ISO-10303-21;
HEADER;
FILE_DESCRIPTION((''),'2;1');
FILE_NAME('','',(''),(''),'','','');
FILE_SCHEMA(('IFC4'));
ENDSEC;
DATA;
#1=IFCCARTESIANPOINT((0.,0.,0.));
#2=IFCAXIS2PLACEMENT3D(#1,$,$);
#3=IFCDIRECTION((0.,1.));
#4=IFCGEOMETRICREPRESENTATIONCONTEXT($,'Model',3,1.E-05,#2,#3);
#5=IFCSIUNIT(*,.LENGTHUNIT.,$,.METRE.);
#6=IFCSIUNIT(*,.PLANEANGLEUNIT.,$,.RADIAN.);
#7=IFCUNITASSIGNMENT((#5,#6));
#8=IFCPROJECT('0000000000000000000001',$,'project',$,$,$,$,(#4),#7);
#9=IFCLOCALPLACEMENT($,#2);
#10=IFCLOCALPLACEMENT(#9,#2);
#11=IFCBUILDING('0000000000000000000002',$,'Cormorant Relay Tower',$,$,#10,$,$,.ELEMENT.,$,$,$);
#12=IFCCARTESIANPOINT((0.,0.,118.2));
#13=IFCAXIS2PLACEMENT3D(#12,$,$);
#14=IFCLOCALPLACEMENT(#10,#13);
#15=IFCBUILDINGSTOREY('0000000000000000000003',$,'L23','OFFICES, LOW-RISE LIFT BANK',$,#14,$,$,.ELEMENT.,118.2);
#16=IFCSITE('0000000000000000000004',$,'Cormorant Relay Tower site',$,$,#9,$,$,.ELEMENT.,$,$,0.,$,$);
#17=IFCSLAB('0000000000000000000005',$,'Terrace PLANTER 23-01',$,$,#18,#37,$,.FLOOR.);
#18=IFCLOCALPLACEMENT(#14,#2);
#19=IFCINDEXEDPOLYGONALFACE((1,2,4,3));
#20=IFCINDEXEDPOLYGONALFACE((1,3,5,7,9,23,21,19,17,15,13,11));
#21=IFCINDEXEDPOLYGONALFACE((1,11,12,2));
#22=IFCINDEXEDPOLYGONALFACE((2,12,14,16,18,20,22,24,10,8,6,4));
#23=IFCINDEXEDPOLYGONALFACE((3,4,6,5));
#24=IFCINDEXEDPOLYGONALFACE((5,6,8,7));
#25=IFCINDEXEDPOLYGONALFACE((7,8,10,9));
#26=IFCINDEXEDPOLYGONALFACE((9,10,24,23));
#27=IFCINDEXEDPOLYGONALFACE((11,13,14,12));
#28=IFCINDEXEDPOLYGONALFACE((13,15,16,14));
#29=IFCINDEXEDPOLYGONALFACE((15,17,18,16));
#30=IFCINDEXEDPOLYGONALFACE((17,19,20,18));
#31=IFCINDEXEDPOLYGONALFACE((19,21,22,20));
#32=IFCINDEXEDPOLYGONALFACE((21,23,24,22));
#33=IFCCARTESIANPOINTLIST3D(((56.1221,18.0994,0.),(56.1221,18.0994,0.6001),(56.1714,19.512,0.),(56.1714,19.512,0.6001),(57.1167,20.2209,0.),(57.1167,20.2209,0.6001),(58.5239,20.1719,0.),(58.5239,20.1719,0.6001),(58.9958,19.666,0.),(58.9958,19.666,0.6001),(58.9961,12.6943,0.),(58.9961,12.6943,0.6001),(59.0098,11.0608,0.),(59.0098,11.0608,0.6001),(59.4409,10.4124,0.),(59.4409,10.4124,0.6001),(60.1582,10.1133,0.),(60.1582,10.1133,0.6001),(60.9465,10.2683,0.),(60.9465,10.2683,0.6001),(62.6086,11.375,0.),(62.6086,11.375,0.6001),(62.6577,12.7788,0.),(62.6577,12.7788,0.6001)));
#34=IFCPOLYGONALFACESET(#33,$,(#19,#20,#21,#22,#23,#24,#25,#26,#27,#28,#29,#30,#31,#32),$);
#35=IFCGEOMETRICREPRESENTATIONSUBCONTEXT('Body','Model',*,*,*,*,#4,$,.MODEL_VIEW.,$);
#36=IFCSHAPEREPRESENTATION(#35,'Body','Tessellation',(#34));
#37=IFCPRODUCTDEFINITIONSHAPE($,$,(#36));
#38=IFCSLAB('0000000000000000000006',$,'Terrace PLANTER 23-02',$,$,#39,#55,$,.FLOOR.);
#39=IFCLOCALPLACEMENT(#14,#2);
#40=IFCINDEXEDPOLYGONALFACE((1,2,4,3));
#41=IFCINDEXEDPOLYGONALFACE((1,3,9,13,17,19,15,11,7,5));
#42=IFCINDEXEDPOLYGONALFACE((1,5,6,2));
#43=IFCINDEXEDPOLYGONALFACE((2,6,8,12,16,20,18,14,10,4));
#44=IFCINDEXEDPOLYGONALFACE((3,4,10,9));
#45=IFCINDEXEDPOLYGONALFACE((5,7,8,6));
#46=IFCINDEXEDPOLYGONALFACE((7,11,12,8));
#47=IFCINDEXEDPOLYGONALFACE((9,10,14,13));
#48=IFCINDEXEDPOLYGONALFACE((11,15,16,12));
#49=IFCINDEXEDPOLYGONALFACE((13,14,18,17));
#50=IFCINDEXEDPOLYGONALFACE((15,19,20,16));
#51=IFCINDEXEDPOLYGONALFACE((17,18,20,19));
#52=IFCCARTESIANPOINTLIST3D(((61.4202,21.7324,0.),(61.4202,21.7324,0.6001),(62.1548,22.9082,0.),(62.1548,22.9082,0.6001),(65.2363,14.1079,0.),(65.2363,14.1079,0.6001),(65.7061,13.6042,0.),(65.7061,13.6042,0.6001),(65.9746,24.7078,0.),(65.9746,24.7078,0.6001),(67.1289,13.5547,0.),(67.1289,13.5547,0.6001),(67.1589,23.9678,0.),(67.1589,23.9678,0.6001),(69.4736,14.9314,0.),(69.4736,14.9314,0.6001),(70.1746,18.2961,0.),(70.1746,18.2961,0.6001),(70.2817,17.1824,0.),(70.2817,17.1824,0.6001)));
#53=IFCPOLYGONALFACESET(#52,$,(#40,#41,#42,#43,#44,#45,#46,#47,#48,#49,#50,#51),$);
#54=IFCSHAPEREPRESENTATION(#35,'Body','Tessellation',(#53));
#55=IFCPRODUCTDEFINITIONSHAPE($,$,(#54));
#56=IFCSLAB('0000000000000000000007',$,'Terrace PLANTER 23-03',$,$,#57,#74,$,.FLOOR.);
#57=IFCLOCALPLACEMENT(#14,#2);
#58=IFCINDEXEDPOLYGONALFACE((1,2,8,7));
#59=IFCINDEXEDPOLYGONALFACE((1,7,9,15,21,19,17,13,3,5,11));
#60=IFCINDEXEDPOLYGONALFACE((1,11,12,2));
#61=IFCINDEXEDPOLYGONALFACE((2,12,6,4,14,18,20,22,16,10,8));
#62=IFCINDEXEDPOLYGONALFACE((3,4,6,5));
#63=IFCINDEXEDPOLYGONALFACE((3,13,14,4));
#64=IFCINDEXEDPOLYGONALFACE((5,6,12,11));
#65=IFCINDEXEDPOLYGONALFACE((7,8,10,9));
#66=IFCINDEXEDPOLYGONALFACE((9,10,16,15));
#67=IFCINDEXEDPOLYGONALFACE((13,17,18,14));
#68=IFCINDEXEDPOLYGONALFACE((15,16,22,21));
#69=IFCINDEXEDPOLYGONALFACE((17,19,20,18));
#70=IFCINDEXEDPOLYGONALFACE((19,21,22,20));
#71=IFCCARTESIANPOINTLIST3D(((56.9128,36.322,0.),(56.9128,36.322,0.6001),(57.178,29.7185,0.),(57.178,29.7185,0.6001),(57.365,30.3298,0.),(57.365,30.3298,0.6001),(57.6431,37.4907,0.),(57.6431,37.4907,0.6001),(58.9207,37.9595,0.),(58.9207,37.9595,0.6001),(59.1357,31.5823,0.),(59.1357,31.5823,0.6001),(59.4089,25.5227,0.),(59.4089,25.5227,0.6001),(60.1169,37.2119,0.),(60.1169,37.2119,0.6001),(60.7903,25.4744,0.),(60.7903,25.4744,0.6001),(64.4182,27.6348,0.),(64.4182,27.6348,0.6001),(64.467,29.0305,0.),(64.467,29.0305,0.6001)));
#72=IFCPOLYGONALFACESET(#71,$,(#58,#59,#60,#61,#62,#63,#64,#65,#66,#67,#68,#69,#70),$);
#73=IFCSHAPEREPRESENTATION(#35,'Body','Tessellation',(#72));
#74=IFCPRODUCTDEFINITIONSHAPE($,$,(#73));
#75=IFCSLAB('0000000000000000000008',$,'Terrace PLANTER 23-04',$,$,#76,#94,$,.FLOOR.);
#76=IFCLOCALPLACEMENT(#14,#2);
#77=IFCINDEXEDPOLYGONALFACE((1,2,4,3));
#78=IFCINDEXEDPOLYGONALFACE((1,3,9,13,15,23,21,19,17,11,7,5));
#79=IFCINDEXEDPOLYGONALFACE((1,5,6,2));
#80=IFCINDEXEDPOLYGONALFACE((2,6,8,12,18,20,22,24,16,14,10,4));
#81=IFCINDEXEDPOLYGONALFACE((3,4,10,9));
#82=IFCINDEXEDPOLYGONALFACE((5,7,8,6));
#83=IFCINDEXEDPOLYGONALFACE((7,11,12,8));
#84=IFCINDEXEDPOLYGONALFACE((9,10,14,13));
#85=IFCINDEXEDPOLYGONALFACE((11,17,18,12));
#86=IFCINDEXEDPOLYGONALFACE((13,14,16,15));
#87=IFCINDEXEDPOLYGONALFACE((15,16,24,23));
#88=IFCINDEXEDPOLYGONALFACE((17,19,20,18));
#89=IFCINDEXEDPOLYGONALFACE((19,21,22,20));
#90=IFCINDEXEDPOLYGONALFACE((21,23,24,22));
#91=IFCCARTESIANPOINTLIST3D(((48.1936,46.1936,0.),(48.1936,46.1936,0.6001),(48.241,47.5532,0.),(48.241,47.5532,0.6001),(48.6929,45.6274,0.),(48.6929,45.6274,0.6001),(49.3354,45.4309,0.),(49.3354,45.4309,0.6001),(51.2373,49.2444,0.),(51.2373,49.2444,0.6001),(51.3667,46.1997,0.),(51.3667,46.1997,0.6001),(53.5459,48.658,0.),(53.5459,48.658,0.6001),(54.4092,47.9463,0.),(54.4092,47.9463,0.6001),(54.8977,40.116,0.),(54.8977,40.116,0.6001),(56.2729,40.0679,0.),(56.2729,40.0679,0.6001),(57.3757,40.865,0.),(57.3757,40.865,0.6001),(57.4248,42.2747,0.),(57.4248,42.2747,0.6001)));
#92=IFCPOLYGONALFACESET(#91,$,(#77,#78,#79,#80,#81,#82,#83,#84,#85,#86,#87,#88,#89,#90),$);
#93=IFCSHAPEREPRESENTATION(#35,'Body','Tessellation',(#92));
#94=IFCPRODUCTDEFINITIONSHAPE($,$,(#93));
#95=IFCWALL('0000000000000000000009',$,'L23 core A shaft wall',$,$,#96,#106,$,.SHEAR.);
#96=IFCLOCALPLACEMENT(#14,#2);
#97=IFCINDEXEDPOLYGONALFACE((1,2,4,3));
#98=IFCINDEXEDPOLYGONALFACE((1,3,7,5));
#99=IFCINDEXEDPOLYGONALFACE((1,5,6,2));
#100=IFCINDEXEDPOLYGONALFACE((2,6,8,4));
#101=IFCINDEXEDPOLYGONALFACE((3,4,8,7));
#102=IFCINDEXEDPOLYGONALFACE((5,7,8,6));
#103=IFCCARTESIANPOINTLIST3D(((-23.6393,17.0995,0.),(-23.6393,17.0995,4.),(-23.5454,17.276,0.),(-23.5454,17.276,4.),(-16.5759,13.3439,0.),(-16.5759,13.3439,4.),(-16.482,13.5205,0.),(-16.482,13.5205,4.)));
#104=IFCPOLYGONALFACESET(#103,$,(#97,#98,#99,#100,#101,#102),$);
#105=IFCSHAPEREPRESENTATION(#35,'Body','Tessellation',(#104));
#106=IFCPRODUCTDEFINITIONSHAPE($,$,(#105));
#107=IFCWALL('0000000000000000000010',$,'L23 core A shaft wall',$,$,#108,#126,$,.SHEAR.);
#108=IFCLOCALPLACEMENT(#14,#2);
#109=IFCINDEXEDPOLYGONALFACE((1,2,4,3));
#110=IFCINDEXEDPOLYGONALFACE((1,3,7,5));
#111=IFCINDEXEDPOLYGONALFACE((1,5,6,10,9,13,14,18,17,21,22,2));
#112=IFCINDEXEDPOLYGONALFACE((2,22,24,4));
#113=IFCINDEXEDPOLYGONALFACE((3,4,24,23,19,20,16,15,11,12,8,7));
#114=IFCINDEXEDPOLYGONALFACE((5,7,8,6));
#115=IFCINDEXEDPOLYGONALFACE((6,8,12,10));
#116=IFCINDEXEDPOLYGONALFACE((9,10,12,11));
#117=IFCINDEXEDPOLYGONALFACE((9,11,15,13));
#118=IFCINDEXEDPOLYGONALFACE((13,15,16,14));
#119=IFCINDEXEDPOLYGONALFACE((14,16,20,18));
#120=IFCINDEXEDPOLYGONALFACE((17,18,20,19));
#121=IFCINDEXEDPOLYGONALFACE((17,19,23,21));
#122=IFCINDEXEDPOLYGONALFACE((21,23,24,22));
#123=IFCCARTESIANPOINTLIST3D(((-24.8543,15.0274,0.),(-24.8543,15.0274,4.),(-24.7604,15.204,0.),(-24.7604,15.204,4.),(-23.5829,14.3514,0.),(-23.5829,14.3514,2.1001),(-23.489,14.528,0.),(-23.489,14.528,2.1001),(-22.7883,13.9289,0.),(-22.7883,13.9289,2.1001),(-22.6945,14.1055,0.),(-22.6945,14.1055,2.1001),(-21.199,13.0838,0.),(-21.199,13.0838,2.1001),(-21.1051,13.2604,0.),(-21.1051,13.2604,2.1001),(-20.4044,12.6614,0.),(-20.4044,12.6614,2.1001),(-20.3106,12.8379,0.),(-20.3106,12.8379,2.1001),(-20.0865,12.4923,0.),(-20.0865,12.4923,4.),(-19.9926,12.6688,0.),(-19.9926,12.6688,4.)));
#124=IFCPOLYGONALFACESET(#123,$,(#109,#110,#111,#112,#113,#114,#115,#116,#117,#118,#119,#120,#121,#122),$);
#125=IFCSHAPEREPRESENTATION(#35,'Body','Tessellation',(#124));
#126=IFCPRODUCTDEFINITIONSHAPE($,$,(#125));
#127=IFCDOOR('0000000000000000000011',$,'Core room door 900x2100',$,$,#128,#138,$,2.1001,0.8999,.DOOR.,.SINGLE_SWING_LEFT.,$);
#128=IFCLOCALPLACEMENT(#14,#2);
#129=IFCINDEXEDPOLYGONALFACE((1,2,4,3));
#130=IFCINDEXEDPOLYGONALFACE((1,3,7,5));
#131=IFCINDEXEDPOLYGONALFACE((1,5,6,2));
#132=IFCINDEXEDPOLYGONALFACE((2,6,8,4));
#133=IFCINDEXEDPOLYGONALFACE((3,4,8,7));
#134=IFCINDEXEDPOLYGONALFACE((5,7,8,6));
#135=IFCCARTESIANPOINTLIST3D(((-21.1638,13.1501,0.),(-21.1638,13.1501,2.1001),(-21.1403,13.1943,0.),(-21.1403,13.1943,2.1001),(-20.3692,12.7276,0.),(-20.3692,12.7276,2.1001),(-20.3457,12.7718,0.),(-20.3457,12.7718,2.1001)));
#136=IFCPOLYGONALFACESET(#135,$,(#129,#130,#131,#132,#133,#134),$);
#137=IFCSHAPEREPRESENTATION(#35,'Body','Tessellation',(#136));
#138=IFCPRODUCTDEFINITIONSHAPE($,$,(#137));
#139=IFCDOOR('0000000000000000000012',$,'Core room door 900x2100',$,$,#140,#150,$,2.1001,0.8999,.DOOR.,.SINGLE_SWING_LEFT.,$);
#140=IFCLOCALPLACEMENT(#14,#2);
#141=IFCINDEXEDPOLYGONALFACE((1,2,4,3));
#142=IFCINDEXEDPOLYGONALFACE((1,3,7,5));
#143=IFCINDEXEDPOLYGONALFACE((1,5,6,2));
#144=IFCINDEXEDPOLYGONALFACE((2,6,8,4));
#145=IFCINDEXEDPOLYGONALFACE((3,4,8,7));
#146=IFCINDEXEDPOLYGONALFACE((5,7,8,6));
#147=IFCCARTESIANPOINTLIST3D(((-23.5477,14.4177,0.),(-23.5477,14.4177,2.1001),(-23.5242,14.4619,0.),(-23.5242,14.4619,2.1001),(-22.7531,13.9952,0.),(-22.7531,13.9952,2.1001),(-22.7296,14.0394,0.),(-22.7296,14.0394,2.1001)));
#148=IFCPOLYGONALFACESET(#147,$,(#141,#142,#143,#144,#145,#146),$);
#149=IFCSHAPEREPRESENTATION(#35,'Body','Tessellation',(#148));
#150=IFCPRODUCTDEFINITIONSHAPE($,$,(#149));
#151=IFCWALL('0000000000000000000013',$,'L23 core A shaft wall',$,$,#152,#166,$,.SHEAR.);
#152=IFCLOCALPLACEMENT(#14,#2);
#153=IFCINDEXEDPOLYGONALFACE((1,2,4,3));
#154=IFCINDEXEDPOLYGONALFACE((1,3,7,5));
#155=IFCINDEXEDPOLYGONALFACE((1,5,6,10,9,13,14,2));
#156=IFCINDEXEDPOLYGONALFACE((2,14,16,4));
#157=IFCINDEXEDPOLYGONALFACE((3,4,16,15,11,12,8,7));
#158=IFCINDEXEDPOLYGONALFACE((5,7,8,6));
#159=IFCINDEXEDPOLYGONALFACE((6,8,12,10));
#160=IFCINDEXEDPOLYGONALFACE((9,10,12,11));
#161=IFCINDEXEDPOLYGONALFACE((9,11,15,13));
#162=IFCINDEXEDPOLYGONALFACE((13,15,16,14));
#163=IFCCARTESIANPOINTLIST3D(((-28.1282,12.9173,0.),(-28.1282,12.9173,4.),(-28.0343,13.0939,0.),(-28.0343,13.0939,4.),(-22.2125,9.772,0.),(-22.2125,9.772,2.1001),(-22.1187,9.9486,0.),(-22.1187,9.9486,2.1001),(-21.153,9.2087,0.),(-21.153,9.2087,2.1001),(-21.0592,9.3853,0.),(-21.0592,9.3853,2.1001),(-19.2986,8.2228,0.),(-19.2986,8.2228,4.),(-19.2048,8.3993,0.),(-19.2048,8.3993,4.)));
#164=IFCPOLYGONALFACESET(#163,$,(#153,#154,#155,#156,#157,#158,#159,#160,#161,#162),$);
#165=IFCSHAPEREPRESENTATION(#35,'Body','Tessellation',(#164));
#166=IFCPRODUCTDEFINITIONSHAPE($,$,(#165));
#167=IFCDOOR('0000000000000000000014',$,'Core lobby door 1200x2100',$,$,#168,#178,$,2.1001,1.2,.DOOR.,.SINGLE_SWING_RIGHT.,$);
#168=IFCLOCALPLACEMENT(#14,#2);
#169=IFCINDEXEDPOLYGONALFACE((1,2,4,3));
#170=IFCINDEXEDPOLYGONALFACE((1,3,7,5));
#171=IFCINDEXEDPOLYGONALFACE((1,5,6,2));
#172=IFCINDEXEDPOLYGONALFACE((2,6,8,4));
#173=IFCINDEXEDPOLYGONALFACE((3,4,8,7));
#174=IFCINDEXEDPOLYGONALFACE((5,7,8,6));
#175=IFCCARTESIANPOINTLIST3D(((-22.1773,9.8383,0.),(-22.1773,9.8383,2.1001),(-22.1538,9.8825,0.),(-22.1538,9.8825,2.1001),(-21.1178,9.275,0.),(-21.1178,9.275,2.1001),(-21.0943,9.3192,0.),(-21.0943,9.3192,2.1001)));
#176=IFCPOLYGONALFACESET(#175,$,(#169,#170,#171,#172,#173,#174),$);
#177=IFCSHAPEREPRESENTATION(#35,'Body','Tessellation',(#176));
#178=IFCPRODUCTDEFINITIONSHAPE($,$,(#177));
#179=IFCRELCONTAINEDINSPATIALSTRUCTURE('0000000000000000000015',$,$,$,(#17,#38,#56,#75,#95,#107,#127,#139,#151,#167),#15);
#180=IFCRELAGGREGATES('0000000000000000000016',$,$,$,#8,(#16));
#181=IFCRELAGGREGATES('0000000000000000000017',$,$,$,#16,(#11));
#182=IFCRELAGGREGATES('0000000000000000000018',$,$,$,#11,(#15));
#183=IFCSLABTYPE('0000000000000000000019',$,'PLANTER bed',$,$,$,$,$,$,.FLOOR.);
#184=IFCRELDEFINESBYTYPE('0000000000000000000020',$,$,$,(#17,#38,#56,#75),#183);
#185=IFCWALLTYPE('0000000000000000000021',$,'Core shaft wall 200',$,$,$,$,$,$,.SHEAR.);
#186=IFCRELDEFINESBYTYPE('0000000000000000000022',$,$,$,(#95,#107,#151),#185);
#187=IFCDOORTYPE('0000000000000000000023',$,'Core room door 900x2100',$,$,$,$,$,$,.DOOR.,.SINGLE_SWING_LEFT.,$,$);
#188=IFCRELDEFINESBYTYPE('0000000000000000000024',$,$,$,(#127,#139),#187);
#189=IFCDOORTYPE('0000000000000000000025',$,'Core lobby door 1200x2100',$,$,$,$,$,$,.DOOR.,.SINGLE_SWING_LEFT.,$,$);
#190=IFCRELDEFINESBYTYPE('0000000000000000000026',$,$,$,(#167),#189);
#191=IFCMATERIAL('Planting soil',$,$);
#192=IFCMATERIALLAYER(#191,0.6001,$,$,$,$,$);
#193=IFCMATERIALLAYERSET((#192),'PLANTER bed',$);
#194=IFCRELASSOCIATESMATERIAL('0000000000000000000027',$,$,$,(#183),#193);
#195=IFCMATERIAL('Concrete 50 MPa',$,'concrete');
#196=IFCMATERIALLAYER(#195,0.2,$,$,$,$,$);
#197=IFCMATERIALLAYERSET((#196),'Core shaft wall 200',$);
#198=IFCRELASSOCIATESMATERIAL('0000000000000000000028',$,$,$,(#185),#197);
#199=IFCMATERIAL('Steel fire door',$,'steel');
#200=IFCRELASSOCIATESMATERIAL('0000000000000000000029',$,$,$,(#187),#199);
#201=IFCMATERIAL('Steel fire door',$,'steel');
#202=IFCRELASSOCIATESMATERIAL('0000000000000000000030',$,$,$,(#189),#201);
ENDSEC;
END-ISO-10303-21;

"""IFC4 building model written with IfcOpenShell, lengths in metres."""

from ifc_helpers import new_model, si_unit, direction, frame, frame_2d, origin, place, context, subcontext, project, spatial, polyline, rectangle, outline, extrude, material, layer, layer_set, type_object, element, fill, save


model = new_model("IFC4")

# Units and contexts
model_context = context("Model", 3, precision=1e-05, world=origin(), true_north=direction((0.0, 1.0)))
body_context = subcontext(model_context, "Body", "Model", "MODEL_VIEW")
ifc_project = project(units=[si_unit("LENGTHUNIT", "METRE"), si_unit("PLANEANGLEUNIT", "RADIAN")], contexts=[model_context])

# Site, building, storey
site_placement = place(None, origin())
site = spatial("IfcSite", under=ifc_project, at=site_placement, Name="Cormorant Relay Tower site", CompositionType="ELEMENT", RefElevation=0.0)
building_placement = place(site_placement, origin())
building = spatial("IfcBuilding", under=site, at=building_placement, Name="Cormorant Relay Tower", CompositionType="ELEMENT")
storey_placement = place(building_placement, frame((0.0, 0.0, 118.2)))
storey = spatial("IfcBuildingStorey", under=building, at=storey_placement, Name="L23", Description="OFFICES, LOW-RISE LIFT BANK", CompositionType="ELEMENT", Elevation=118.2)

# Slabs
ifc_material_1 = material(Name="Planting soil")
ifc_layer_1 = layer(ifc_material_1, 0.6001)
ifc_layer_set_1 = layer_set([ifc_layer_1], Name="PLANTER bed")
slab_type_1 = type_object("IfcSlabType", Name="PLANTER bed", PredefinedType="FLOOR", material=ifc_layer_set_1)
slab_1_placement = place(storey_placement, origin())
element("IfcSlab", 1, at=slab_1_placement, inside=storey, type_object=slab_type_1, Name="Terrace PLANTER 23-01", PredefinedType="FLOOR", context=body_context, shape_type="SweptSolid", body=[
    extrude(outline(polyline([(60.1582, 10.1133), (60.9465, 10.2683), (62.6086, 11.375), (62.6577, 12.7788), (58.9958, 19.666), (58.5239, 20.1719), (57.1167, 20.2209), (56.1714, 19.512), (56.1221, 18.0994), (58.9961, 12.6943), (59.0098, 11.0608), (59.4409, 10.4124), (60.1582, 10.1133)])), origin(), (0.0, 0.0, 1.0), 0.6001),
])
slab_2_placement = place(storey_placement, origin())
element("IfcSlab", 2, at=slab_2_placement, inside=storey, type_object=slab_type_1, Name="Terrace PLANTER 23-02", PredefinedType="FLOOR", context=body_context, shape_type="SweptSolid", body=[
    extrude(outline(polyline([(67.1289, 13.5547), (69.4736, 14.9314), (70.2817, 17.1824), (70.1746, 18.2961), (67.1589, 23.9678), (65.9746, 24.7078), (62.1548, 22.9082), (61.4202, 21.7324), (65.2363, 14.1079), (65.7061, 13.6042), (67.1289, 13.5547)])), origin(), (0.0, 0.0, 1.0), 0.6001),
])
slab_3_placement = place(storey_placement, origin())
element("IfcSlab", 3, at=slab_3_placement, inside=storey, type_object=slab_type_1, Name="Terrace PLANTER 23-03", PredefinedType="FLOOR", context=body_context, shape_type="SweptSolid", body=[
    extrude(outline(polyline([(60.7903, 25.4744), (64.4182, 27.6348), (64.467, 29.0305), (60.1169, 37.2119), (58.9207, 37.9595), (57.6431, 37.4907), (56.9128, 36.322), (59.1357, 31.5823), (57.365, 30.3298), (57.178, 29.7185), (59.4089, 25.5227), (60.7903, 25.4744)])), origin(), (0.0, 0.0, 1.0), 0.6001),
])
slab_4_placement = place(storey_placement, origin())
element("IfcSlab", 4, at=slab_4_placement, inside=storey, type_object=slab_type_1, Name="Terrace PLANTER 23-04", PredefinedType="FLOOR", context=body_context, shape_type="SweptSolid", body=[
    extrude(outline(polyline([(56.2729, 40.0679), (57.3757, 40.865), (57.4248, 42.2747), (54.4092, 47.9463), (53.5459, 48.658), (51.2373, 49.2444), (48.241, 47.5532), (48.1936, 46.1936), (48.6929, 45.6274), (49.3354, 45.4309), (51.3667, 46.1997), (54.8977, 40.116), (56.2729, 40.0679)])), origin(), (0.0, 0.0, 1.0), 0.6001),
])

# Wall
ifc_material_2 = material(Name="Concrete 50 MPa", Category="concrete")
ifc_layer_2 = layer(ifc_material_2, 0.2)
ifc_layer_set_2 = layer_set([ifc_layer_2], Name="Core shaft wall 200")
wall_type_1 = type_object("IfcWallType", Name="Core shaft wall 200", PredefinedType="SHEAR", material=ifc_layer_set_2)
wall_1_placement = place(storey_placement, frame((-16.5288, 13.4321, 0.0), z_axis=(0.0, 0.0, 1.0), x_axis=(-0.882953, 0.469462, 0.0)))
element("IfcWall", 5, at=wall_1_placement, inside=storey, type_object=wall_type_1, Name="L23 core A shaft wall", PredefinedType="SHEAR", context=body_context, shape_type="SweptSolid", body=[
    extrude(rectangle(XDim=7.9998, YDim=0.2, at=frame_2d((4.0, 0.0))), origin(), (0.0, 0.0, 1.0), 4.0),
])

# Wall, openings, doors
wall_2_placement = place(storey_placement, frame((-20.0396, 12.5806, 0.0), z_axis=(0.0, 0.0, 1.0), x_axis=(-0.882943, 0.46948, 0.0)))
wall_2 = element("IfcWall", 6, at=wall_2_placement, inside=storey, type_object=wall_type_1, Name="L23 core A shaft wall", PredefinedType="SHEAR", context=body_context, shape_type="SweptSolid", body=[
    extrude(rectangle(XDim=5.3999, YDim=0.2, at=frame_2d((2.7, 0.0))), origin(), (0.0, 0.0, 1.0), 4.0),
])
opening_1_placement = place(wall_2_placement, frame((0.3601, 0.0, 0.0)))
opening_1 = element("IfcOpeningElement", 7, at=opening_1_placement, cuts=wall_2, PredefinedType="OPENING", context=body_context, shape_type="SweptSolid", body=[
    extrude(rectangle(XDim=0.8999, YDim=2.1001, at=frame_2d((0.45, 1.05))), frame((0.0, 0.1099, 0.0), z_axis=(0.0, -1.0, 0.0), x_axis=(1.0, 0.0, 0.0)), (0.0, 0.0, 1.0), 0.22),
])
opening_2_placement = place(wall_2_placement, frame((3.0601, 0.0, 0.0)))
opening_2 = element("IfcOpeningElement", 8, at=opening_2_placement, cuts=wall_2, PredefinedType="OPENING", context=body_context, shape_type="SweptSolid", body=[
    extrude(rectangle(XDim=0.8999, YDim=2.1001, at=frame_2d((0.45, 1.05))), frame((0.0, 0.1099, 0.0), z_axis=(0.0, -1.0, 0.0), x_axis=(1.0, 0.0, 0.0)), (0.0, 0.0, 1.0), 0.22),
])
ifc_material_3 = material(Name="Steel fire door", Category="steel")
door_type_1 = type_object("IfcDoorType", Name="Core room door 900x2100", OperationType="SINGLE_SWING_LEFT", PredefinedType="DOOR", material=ifc_material_3)
door_1_placement = place(opening_1_placement, origin())
door_1 = element("IfcDoor", 9, at=door_1_placement, inside=storey, type_object=door_type_1, Name="Core room door 900x2100", OperationType="SINGLE_SWING_LEFT", OverallHeight=2.1001, OverallWidth=0.8999, PredefinedType="DOOR", context=body_context, shape_type="SweptSolid", body=[
    extrude(rectangle(XDim=0.8999, YDim=2.1001, at=frame_2d((0.45, 1.05))), frame((0.0, 0.0249, 0.0), z_axis=(0.0, -1.0, 0.0), x_axis=(1.0, 0.0, 0.0)), (0.0, 0.0, 1.0), 0.05),
])
fill(opening_1, door_1)
door_2_placement = place(opening_2_placement, origin())
door_2 = element("IfcDoor", 10, at=door_2_placement, inside=storey, type_object=door_type_1, Name="Core room door 900x2100", OperationType="SINGLE_SWING_LEFT", OverallHeight=2.1001, OverallWidth=0.8999, PredefinedType="DOOR", context=body_context, shape_type="SweptSolid", body=[
    extrude(rectangle(XDim=0.8999, YDim=2.1001, at=frame_2d((0.45, 1.05))), frame((0.0, 0.0249, 0.0), z_axis=(0.0, -1.0, 0.0), x_axis=(1.0, 0.0, 0.0)), (0.0, 0.0, 1.0), 0.05),
])
fill(opening_2, door_2)

# Wall, opening, door
wall_3_placement = place(storey_placement, frame((-19.2517, 8.311, 0.0), z_axis=(0.0, 0.0, 1.0), x_axis=(-0.882956, 0.469456, 0.0)))
wall_3 = element("IfcWall", 11, at=wall_3_placement, inside=storey, type_object=wall_type_1, Name="L23 core A shaft wall", PredefinedType="SHEAR", context=body_context, shape_type="SweptSolid", body=[
    extrude(rectangle(XDim=10.0, YDim=0.2, at=frame_2d((5.0, 0.0))), origin(), (0.0, 0.0, 1.0), 4.0),
])
opening_3_placement = place(wall_3_placement, frame((2.1001, 0.0, 0.0)))
opening_3 = element("IfcOpeningElement", 12, at=opening_3_placement, cuts=wall_3, PredefinedType="OPENING", context=body_context, shape_type="SweptSolid", body=[
    extrude(rectangle(XDim=1.2, YDim=2.1001, at=frame_2d((0.6001, 1.05))), frame((0.0, 0.1099, 0.0), z_axis=(0.0, -1.0, 0.0), x_axis=(1.0, 0.0, 0.0)), (0.0, 0.0, 1.0), 0.22),
])
ifc_material_4 = material(Name="Steel fire door", Category="steel")
door_type_2 = type_object("IfcDoorType", Name="Core lobby door 1200x2100", OperationType="SINGLE_SWING_LEFT", PredefinedType="DOOR", material=ifc_material_4)
door_3_placement = place(opening_3_placement, origin())
door_3 = element("IfcDoor", 13, at=door_3_placement, inside=storey, type_object=door_type_2, Name="Core lobby door 1200x2100", OperationType="SINGLE_SWING_RIGHT", OverallHeight=2.1001, OverallWidth=1.2, PredefinedType="DOOR", context=body_context, shape_type="SweptSolid", body=[
    extrude(rectangle(XDim=1.2, YDim=2.1001, at=frame_2d((0.6001, 1.05))), frame((0.0, 0.0249, 0.0), z_axis=(0.0, -1.0, 0.0), x_axis=(1.0, 0.0, 0.0)), (0.0, 0.0, 1.0), 0.05),
])
fill(opening_3, door_3)

save(model, "model.ifc")
